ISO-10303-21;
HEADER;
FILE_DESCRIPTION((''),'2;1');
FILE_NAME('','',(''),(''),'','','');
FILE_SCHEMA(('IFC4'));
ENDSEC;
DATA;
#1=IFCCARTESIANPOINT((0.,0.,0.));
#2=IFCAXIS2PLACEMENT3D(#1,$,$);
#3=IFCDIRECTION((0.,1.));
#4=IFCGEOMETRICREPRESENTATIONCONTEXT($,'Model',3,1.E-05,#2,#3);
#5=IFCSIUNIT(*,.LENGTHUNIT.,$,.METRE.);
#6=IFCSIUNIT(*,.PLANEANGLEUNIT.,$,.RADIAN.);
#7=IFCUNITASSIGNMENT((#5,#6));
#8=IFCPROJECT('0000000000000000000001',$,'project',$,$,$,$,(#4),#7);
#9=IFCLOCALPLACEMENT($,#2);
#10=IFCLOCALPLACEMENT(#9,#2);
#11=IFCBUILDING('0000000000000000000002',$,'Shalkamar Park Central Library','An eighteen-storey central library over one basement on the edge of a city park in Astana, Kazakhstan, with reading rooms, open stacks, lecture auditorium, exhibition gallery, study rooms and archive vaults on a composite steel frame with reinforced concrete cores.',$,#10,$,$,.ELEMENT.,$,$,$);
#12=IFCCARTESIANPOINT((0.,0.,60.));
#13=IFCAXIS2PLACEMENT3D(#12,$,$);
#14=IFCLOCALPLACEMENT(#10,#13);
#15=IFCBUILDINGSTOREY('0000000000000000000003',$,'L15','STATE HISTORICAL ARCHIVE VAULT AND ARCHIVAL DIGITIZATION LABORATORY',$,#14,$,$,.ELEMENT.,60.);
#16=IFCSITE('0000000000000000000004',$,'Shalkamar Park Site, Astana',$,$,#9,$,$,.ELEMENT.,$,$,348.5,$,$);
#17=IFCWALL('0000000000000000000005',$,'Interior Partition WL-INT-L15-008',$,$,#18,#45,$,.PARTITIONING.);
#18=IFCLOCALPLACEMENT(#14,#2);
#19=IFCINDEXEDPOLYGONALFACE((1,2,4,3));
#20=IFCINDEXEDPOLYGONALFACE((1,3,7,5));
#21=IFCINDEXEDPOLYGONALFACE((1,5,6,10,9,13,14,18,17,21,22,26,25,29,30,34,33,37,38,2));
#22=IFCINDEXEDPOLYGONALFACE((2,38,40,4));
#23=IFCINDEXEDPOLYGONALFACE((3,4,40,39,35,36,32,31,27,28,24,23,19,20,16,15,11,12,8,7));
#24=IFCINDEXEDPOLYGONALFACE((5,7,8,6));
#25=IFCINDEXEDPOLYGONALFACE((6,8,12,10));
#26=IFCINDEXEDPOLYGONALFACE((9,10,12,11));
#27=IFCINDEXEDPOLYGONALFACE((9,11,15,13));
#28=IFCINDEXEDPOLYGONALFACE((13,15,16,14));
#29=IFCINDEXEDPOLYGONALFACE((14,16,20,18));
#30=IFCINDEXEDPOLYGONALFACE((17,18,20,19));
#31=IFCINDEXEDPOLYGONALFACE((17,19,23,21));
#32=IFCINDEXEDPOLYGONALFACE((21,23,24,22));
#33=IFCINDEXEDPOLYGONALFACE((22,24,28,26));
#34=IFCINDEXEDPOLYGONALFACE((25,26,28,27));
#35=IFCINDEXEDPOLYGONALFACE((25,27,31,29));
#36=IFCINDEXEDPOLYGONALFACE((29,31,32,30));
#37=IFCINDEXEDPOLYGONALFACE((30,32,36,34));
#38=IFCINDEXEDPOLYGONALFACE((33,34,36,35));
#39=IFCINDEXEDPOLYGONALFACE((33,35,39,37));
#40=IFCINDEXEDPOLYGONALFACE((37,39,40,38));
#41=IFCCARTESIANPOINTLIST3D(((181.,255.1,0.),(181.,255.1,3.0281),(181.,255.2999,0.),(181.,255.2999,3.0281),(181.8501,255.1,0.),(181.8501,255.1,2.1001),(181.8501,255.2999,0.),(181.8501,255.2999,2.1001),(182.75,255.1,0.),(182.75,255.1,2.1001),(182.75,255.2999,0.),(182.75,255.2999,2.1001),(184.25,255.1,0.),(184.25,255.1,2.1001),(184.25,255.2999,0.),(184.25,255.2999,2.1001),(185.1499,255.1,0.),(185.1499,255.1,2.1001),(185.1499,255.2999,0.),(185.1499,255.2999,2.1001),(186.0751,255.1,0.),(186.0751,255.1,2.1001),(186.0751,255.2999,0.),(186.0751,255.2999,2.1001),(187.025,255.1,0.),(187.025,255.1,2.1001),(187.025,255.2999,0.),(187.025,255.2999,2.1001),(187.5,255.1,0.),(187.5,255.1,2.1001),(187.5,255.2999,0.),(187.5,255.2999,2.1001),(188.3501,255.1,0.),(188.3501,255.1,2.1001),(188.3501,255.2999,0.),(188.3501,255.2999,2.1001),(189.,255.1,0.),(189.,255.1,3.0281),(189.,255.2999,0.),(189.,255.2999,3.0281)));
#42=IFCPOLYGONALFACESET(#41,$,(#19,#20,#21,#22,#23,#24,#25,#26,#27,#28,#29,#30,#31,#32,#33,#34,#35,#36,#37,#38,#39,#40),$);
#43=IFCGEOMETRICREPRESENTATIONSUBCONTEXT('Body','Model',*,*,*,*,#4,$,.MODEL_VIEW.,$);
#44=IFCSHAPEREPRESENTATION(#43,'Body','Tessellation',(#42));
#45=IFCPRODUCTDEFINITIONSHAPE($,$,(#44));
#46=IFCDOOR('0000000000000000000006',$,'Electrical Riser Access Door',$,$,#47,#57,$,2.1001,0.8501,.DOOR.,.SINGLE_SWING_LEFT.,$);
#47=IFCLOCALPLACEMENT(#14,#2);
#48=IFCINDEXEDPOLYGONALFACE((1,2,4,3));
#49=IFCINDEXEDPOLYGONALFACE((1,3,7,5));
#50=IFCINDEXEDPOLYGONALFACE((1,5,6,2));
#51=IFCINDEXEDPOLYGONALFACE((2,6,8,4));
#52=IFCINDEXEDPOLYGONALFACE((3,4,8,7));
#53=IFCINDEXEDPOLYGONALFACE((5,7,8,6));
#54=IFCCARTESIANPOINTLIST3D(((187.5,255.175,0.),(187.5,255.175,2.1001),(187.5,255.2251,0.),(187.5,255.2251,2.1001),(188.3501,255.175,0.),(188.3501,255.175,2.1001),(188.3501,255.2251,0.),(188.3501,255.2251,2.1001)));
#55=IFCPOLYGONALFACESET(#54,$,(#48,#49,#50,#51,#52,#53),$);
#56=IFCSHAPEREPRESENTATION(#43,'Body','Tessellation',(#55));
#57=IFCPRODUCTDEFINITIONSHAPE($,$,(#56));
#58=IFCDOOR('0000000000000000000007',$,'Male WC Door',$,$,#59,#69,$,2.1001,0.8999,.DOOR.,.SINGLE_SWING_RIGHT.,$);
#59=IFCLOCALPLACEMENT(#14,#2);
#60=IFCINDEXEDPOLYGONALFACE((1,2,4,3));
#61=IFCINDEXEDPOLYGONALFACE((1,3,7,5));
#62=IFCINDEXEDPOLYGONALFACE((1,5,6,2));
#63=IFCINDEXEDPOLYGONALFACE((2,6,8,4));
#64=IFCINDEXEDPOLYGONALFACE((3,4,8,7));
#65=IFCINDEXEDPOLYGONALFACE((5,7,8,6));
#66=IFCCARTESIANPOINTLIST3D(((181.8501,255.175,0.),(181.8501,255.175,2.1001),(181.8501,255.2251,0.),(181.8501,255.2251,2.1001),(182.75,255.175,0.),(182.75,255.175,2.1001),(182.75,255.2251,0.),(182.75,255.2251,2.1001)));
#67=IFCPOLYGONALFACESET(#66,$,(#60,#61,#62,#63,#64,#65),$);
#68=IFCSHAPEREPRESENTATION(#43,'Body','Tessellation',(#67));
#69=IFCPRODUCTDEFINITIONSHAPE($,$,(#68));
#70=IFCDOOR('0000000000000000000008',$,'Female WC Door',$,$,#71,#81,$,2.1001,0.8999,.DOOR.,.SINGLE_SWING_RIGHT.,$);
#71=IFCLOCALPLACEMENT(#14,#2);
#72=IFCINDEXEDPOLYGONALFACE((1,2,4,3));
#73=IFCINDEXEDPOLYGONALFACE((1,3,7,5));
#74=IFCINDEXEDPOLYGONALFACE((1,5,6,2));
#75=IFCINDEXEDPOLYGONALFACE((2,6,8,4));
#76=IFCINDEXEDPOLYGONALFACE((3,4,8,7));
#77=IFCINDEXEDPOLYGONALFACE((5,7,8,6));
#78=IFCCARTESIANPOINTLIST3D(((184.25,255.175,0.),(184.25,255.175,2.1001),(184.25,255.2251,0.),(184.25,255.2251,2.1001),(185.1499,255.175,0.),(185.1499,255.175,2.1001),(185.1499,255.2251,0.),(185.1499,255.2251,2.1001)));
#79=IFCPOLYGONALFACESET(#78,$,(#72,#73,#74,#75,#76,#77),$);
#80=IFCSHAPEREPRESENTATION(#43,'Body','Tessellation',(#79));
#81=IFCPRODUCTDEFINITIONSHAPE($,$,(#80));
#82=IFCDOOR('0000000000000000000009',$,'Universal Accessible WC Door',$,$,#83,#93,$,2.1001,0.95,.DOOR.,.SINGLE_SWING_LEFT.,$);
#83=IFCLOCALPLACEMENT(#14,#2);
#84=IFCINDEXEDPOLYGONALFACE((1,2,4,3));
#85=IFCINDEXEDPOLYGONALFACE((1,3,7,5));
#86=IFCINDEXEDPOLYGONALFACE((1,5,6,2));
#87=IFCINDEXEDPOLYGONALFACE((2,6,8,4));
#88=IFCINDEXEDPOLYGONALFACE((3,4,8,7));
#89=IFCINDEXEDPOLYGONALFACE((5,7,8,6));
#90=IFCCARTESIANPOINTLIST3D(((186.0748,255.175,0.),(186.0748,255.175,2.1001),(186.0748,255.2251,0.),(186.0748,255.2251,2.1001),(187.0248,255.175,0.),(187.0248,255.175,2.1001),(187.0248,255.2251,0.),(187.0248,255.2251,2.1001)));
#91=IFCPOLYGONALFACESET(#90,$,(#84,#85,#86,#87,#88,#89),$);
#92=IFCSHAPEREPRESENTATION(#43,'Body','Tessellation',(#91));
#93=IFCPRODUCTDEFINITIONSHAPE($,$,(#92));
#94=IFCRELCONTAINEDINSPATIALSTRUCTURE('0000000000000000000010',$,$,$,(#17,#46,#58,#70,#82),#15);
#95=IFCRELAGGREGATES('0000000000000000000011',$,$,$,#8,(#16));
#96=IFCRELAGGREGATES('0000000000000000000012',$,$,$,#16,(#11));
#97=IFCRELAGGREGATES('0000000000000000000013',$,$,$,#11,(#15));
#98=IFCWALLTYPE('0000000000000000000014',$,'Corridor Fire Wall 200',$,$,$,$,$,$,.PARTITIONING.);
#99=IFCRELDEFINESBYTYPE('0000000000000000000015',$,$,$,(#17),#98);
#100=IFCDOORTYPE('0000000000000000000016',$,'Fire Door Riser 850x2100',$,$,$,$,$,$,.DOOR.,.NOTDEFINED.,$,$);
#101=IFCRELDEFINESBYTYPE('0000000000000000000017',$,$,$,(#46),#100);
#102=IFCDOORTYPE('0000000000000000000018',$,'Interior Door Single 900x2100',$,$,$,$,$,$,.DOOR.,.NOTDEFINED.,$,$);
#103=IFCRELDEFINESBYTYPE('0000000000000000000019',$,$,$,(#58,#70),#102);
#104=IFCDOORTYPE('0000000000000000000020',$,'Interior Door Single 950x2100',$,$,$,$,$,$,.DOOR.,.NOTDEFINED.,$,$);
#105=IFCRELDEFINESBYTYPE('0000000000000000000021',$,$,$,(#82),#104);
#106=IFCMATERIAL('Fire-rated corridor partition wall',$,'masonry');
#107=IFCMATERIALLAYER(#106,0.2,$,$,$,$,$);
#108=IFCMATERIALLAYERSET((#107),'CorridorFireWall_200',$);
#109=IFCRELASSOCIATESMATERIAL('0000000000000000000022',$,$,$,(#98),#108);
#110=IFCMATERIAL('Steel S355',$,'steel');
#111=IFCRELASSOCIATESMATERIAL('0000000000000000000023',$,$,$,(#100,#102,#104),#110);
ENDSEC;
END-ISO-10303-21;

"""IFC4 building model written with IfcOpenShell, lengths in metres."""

from ifc_helpers import new_model, si_unit, direction, frame, frame_2d, origin, place, context, subcontext, project, spatial, rectangle, extrude, material, layer, layer_set, type_object, element, fill, save


model = new_model("IFC4")

# Units and contexts
model_context = context("Model", 3, precision=1e-05, world=origin(), true_north=direction((0.0, 1.0)))
body_context = subcontext(model_context, "Body", "Model", "MODEL_VIEW")
ifc_project = project(units=[si_unit("LENGTHUNIT", "METRE"), si_unit("PLANEANGLEUNIT", "RADIAN")], contexts=[model_context])

# Site, building, storey
site_placement = place(None, origin())
site = spatial("IfcSite", under=ifc_project, at=site_placement, Name="Shalkamar Park Site, Astana", CompositionType="ELEMENT", RefElevation=348.5)
building_placement = place(site_placement, origin())
building = spatial("IfcBuilding", under=site, at=building_placement, Name="Shalkamar Park Central Library", Description="An eighteen-storey central library over one basement on the edge of a city park in Astana, Kazakhstan, with reading rooms, open stacks, lecture auditorium, exhibition gallery, study rooms and archive vaults on a composite steel frame with reinforced concrete cores.", CompositionType="ELEMENT")
storey_placement = place(building_placement, frame((0.0, 0.0, 60.0)))
storey = spatial("IfcBuildingStorey", under=building, at=storey_placement, Name="L15", Description="STATE HISTORICAL ARCHIVE VAULT AND ARCHIVAL DIGITIZATION LABORATORY", CompositionType="ELEMENT", Elevation=60.0)

# Shared definitions
ifc_material_1 = material(Name="Steel S355", Category="steel")

# Wall, openings, doors
ifc_material_2 = material(Name="Fire-rated corridor partition wall", Category="masonry")
ifc_layer_1 = layer(ifc_material_2, 0.2)
ifc_layer_set_1 = layer_set([ifc_layer_1], Name="CorridorFireWall_200")
wall_type_1 = type_object("IfcWallType", Name="Corridor Fire Wall 200", PredefinedType="PARTITIONING", material=ifc_layer_set_1)
wall_1_placement = place(storey_placement, frame((181.0, 255.2, 0.0), z_axis=(0.0, 0.0, 1.0), x_axis=(1.0, 0.0, 0.0)))
wall_1 = element("IfcWall", 1, at=wall_1_placement, inside=storey, type_object=wall_type_1, Name="Interior Partition WL-INT-L15-008", PredefinedType="PARTITIONING", context=body_context, shape_type="SweptSolid", body=[
    extrude(rectangle(XDim=8.0, YDim=0.2, at=frame_2d((4.0, 0.0))), origin(), (0.0, 0.0, 1.0), 3.0281),
])
opening_1_placement = place(wall_1_placement, frame((0.8501, 0.0, 0.0)))
opening_1 = element("IfcOpeningElement", 2, at=opening_1_placement, cuts=wall_1, PredefinedType="OPENING", context=body_context, shape_type="SweptSolid", body=[
    extrude(rectangle(XDim=0.8999, YDim=2.1001, at=frame_2d((0.45, 1.05))), frame((0.0, 0.1147, 0.0), z_axis=(0.0, -1.0, 0.0), x_axis=(1.0, 0.0, 0.0)), (0.0, 0.0, 1.0), 0.2297),
])
opening_2_placement = place(wall_1_placement, frame((3.25, 0.0, 0.0)))
opening_2 = element("IfcOpeningElement", 3, at=opening_2_placement, cuts=wall_1, PredefinedType="OPENING", context=body_context, shape_type="SweptSolid", body=[
    extrude(rectangle(XDim=0.8999, YDim=2.1001, at=frame_2d((0.45, 1.05))), frame((0.0, 0.1147, 0.0), z_axis=(0.0, -1.0, 0.0), x_axis=(1.0, 0.0, 0.0)), (0.0, 0.0, 1.0), 0.2297),
])
opening_3_placement = place(wall_1_placement, frame((5.075, 0.0, 0.0)))
opening_3 = element("IfcOpeningElement", 4, at=opening_3_placement, cuts=wall_1, PredefinedType="OPENING", context=body_context, shape_type="SweptSolid", body=[
    extrude(rectangle(XDim=0.95, YDim=2.1001, at=frame_2d((0.4751, 1.05))), frame((0.0, 0.1147, 0.0), z_axis=(0.0, -1.0, 0.0), x_axis=(1.0, 0.0, 0.0)), (0.0, 0.0, 1.0), 0.2297),
])
opening_4_placement = place(wall_1_placement, frame((6.5, 0.0, 0.0)))
opening_4 = element("IfcOpeningElement", 5, at=opening_4_placement, cuts=wall_1, PredefinedType="OPENING", context=body_context, shape_type="SweptSolid", body=[
    extrude(rectangle(XDim=0.8501, YDim=2.1001, at=frame_2d((0.425, 1.05))), frame((0.0, 0.1147, 0.0), z_axis=(0.0, -1.0, 0.0), x_axis=(1.0, 0.0, 0.0)), (0.0, 0.0, 1.0), 0.2297),
])
door_type_1 = type_object("IfcDoorType", Name="Fire Door Riser 850x2100", OperationType="NOTDEFINED", PredefinedType="DOOR", material=ifc_material_1)
door_1_placement = place(opening_4_placement, frame((0.8501, 0.0, 0.0), z_axis=(0.0, 0.0, 1.0), x_axis=(-1.0, 0.0, 0.0)))
door_1 = element("IfcDoor", 6, at=door_1_placement, inside=storey, type_object=door_type_1, Name="Electrical Riser Access Door", OperationType="SINGLE_SWING_LEFT", OverallHeight=2.1001, OverallWidth=0.8501, PredefinedType="DOOR", context=body_context, shape_type="SweptSolid", body=[
    extrude(rectangle(XDim=0.8501, YDim=2.1001, at=frame_2d((0.425, 1.05))), frame((0.0, 0.0249, 0.0), z_axis=(0.0, -1.0, 0.0), x_axis=(1.0, 0.0, 0.0)), (0.0, 0.0, 1.0), 0.05),
])
fill(opening_4, door_1)
door_type_2 = type_object("IfcDoorType", Name="Interior Door Single 900x2100", OperationType="NOTDEFINED", PredefinedType="DOOR", material=ifc_material_1)
door_2_placement = place(opening_1_placement, frame((0.8999, 0.0, 0.0), z_axis=(0.0, 0.0, 1.0), x_axis=(-1.0, 0.0, 0.0)))
door_2 = element("IfcDoor", 7, at=door_2_placement, inside=storey, type_object=door_type_2, Name="Male WC Door", OperationType="SINGLE_SWING_RIGHT", OverallHeight=2.1001, OverallWidth=0.8999, PredefinedType="DOOR", context=body_context, shape_type="SweptSolid", body=[
    extrude(rectangle(XDim=0.8999, YDim=2.1001, at=frame_2d((0.45, 1.05))), frame((0.0, 0.0249, 0.0), z_axis=(0.0, -1.0, 0.0), x_axis=(1.0, 0.0, 0.0)), (0.0, 0.0, 1.0), 0.05),
])
fill(opening_1, door_2)
door_3_placement = place(opening_2_placement, frame((0.8999, 0.0, 0.0), z_axis=(0.0, 0.0, 1.0), x_axis=(-1.0, 0.0, 0.0)))
door_3 = element("IfcDoor", 8, at=door_3_placement, inside=storey, type_object=door_type_2, Name="Female WC Door", OperationType="SINGLE_SWING_RIGHT", OverallHeight=2.1001, OverallWidth=0.8999, PredefinedType="DOOR", context=body_context, shape_type="SweptSolid", body=[
    extrude(rectangle(XDim=0.8999, YDim=2.1001, at=frame_2d((0.45, 1.05))), frame((0.0, 0.0249, 0.0), z_axis=(0.0, -1.0, 0.0), x_axis=(1.0, 0.0, 0.0)), (0.0, 0.0, 1.0), 0.05),
])
fill(opening_2, door_3)
door_type_3 = type_object("IfcDoorType", Name="Interior Door Single 950x2100", OperationType="NOTDEFINED", PredefinedType="DOOR", material=ifc_material_1)
door_4_placement = place(opening_3_placement, frame((0.95, 0.0, 0.0), z_axis=(0.0, 0.0, 1.0), x_axis=(-1.0, 0.0, 0.0)))
door_4 = element("IfcDoor", 9, at=door_4_placement, inside=storey, type_object=door_type_3, Name="Universal Accessible WC Door", OperationType="SINGLE_SWING_LEFT", OverallHeight=2.1001, OverallWidth=0.95, PredefinedType="DOOR", context=body_context, shape_type="SweptSolid", body=[
    extrude(rectangle(XDim=0.95, YDim=2.1001, at=frame_2d((0.4751, 1.05))), frame((0.0, 0.0249, 0.0), z_axis=(0.0, -1.0, 0.0), x_axis=(1.0, 0.0, 0.0)), (0.0, 0.0, 1.0), 0.05),
])
fill(opening_3, door_4)

save(model, "model.ifc")
